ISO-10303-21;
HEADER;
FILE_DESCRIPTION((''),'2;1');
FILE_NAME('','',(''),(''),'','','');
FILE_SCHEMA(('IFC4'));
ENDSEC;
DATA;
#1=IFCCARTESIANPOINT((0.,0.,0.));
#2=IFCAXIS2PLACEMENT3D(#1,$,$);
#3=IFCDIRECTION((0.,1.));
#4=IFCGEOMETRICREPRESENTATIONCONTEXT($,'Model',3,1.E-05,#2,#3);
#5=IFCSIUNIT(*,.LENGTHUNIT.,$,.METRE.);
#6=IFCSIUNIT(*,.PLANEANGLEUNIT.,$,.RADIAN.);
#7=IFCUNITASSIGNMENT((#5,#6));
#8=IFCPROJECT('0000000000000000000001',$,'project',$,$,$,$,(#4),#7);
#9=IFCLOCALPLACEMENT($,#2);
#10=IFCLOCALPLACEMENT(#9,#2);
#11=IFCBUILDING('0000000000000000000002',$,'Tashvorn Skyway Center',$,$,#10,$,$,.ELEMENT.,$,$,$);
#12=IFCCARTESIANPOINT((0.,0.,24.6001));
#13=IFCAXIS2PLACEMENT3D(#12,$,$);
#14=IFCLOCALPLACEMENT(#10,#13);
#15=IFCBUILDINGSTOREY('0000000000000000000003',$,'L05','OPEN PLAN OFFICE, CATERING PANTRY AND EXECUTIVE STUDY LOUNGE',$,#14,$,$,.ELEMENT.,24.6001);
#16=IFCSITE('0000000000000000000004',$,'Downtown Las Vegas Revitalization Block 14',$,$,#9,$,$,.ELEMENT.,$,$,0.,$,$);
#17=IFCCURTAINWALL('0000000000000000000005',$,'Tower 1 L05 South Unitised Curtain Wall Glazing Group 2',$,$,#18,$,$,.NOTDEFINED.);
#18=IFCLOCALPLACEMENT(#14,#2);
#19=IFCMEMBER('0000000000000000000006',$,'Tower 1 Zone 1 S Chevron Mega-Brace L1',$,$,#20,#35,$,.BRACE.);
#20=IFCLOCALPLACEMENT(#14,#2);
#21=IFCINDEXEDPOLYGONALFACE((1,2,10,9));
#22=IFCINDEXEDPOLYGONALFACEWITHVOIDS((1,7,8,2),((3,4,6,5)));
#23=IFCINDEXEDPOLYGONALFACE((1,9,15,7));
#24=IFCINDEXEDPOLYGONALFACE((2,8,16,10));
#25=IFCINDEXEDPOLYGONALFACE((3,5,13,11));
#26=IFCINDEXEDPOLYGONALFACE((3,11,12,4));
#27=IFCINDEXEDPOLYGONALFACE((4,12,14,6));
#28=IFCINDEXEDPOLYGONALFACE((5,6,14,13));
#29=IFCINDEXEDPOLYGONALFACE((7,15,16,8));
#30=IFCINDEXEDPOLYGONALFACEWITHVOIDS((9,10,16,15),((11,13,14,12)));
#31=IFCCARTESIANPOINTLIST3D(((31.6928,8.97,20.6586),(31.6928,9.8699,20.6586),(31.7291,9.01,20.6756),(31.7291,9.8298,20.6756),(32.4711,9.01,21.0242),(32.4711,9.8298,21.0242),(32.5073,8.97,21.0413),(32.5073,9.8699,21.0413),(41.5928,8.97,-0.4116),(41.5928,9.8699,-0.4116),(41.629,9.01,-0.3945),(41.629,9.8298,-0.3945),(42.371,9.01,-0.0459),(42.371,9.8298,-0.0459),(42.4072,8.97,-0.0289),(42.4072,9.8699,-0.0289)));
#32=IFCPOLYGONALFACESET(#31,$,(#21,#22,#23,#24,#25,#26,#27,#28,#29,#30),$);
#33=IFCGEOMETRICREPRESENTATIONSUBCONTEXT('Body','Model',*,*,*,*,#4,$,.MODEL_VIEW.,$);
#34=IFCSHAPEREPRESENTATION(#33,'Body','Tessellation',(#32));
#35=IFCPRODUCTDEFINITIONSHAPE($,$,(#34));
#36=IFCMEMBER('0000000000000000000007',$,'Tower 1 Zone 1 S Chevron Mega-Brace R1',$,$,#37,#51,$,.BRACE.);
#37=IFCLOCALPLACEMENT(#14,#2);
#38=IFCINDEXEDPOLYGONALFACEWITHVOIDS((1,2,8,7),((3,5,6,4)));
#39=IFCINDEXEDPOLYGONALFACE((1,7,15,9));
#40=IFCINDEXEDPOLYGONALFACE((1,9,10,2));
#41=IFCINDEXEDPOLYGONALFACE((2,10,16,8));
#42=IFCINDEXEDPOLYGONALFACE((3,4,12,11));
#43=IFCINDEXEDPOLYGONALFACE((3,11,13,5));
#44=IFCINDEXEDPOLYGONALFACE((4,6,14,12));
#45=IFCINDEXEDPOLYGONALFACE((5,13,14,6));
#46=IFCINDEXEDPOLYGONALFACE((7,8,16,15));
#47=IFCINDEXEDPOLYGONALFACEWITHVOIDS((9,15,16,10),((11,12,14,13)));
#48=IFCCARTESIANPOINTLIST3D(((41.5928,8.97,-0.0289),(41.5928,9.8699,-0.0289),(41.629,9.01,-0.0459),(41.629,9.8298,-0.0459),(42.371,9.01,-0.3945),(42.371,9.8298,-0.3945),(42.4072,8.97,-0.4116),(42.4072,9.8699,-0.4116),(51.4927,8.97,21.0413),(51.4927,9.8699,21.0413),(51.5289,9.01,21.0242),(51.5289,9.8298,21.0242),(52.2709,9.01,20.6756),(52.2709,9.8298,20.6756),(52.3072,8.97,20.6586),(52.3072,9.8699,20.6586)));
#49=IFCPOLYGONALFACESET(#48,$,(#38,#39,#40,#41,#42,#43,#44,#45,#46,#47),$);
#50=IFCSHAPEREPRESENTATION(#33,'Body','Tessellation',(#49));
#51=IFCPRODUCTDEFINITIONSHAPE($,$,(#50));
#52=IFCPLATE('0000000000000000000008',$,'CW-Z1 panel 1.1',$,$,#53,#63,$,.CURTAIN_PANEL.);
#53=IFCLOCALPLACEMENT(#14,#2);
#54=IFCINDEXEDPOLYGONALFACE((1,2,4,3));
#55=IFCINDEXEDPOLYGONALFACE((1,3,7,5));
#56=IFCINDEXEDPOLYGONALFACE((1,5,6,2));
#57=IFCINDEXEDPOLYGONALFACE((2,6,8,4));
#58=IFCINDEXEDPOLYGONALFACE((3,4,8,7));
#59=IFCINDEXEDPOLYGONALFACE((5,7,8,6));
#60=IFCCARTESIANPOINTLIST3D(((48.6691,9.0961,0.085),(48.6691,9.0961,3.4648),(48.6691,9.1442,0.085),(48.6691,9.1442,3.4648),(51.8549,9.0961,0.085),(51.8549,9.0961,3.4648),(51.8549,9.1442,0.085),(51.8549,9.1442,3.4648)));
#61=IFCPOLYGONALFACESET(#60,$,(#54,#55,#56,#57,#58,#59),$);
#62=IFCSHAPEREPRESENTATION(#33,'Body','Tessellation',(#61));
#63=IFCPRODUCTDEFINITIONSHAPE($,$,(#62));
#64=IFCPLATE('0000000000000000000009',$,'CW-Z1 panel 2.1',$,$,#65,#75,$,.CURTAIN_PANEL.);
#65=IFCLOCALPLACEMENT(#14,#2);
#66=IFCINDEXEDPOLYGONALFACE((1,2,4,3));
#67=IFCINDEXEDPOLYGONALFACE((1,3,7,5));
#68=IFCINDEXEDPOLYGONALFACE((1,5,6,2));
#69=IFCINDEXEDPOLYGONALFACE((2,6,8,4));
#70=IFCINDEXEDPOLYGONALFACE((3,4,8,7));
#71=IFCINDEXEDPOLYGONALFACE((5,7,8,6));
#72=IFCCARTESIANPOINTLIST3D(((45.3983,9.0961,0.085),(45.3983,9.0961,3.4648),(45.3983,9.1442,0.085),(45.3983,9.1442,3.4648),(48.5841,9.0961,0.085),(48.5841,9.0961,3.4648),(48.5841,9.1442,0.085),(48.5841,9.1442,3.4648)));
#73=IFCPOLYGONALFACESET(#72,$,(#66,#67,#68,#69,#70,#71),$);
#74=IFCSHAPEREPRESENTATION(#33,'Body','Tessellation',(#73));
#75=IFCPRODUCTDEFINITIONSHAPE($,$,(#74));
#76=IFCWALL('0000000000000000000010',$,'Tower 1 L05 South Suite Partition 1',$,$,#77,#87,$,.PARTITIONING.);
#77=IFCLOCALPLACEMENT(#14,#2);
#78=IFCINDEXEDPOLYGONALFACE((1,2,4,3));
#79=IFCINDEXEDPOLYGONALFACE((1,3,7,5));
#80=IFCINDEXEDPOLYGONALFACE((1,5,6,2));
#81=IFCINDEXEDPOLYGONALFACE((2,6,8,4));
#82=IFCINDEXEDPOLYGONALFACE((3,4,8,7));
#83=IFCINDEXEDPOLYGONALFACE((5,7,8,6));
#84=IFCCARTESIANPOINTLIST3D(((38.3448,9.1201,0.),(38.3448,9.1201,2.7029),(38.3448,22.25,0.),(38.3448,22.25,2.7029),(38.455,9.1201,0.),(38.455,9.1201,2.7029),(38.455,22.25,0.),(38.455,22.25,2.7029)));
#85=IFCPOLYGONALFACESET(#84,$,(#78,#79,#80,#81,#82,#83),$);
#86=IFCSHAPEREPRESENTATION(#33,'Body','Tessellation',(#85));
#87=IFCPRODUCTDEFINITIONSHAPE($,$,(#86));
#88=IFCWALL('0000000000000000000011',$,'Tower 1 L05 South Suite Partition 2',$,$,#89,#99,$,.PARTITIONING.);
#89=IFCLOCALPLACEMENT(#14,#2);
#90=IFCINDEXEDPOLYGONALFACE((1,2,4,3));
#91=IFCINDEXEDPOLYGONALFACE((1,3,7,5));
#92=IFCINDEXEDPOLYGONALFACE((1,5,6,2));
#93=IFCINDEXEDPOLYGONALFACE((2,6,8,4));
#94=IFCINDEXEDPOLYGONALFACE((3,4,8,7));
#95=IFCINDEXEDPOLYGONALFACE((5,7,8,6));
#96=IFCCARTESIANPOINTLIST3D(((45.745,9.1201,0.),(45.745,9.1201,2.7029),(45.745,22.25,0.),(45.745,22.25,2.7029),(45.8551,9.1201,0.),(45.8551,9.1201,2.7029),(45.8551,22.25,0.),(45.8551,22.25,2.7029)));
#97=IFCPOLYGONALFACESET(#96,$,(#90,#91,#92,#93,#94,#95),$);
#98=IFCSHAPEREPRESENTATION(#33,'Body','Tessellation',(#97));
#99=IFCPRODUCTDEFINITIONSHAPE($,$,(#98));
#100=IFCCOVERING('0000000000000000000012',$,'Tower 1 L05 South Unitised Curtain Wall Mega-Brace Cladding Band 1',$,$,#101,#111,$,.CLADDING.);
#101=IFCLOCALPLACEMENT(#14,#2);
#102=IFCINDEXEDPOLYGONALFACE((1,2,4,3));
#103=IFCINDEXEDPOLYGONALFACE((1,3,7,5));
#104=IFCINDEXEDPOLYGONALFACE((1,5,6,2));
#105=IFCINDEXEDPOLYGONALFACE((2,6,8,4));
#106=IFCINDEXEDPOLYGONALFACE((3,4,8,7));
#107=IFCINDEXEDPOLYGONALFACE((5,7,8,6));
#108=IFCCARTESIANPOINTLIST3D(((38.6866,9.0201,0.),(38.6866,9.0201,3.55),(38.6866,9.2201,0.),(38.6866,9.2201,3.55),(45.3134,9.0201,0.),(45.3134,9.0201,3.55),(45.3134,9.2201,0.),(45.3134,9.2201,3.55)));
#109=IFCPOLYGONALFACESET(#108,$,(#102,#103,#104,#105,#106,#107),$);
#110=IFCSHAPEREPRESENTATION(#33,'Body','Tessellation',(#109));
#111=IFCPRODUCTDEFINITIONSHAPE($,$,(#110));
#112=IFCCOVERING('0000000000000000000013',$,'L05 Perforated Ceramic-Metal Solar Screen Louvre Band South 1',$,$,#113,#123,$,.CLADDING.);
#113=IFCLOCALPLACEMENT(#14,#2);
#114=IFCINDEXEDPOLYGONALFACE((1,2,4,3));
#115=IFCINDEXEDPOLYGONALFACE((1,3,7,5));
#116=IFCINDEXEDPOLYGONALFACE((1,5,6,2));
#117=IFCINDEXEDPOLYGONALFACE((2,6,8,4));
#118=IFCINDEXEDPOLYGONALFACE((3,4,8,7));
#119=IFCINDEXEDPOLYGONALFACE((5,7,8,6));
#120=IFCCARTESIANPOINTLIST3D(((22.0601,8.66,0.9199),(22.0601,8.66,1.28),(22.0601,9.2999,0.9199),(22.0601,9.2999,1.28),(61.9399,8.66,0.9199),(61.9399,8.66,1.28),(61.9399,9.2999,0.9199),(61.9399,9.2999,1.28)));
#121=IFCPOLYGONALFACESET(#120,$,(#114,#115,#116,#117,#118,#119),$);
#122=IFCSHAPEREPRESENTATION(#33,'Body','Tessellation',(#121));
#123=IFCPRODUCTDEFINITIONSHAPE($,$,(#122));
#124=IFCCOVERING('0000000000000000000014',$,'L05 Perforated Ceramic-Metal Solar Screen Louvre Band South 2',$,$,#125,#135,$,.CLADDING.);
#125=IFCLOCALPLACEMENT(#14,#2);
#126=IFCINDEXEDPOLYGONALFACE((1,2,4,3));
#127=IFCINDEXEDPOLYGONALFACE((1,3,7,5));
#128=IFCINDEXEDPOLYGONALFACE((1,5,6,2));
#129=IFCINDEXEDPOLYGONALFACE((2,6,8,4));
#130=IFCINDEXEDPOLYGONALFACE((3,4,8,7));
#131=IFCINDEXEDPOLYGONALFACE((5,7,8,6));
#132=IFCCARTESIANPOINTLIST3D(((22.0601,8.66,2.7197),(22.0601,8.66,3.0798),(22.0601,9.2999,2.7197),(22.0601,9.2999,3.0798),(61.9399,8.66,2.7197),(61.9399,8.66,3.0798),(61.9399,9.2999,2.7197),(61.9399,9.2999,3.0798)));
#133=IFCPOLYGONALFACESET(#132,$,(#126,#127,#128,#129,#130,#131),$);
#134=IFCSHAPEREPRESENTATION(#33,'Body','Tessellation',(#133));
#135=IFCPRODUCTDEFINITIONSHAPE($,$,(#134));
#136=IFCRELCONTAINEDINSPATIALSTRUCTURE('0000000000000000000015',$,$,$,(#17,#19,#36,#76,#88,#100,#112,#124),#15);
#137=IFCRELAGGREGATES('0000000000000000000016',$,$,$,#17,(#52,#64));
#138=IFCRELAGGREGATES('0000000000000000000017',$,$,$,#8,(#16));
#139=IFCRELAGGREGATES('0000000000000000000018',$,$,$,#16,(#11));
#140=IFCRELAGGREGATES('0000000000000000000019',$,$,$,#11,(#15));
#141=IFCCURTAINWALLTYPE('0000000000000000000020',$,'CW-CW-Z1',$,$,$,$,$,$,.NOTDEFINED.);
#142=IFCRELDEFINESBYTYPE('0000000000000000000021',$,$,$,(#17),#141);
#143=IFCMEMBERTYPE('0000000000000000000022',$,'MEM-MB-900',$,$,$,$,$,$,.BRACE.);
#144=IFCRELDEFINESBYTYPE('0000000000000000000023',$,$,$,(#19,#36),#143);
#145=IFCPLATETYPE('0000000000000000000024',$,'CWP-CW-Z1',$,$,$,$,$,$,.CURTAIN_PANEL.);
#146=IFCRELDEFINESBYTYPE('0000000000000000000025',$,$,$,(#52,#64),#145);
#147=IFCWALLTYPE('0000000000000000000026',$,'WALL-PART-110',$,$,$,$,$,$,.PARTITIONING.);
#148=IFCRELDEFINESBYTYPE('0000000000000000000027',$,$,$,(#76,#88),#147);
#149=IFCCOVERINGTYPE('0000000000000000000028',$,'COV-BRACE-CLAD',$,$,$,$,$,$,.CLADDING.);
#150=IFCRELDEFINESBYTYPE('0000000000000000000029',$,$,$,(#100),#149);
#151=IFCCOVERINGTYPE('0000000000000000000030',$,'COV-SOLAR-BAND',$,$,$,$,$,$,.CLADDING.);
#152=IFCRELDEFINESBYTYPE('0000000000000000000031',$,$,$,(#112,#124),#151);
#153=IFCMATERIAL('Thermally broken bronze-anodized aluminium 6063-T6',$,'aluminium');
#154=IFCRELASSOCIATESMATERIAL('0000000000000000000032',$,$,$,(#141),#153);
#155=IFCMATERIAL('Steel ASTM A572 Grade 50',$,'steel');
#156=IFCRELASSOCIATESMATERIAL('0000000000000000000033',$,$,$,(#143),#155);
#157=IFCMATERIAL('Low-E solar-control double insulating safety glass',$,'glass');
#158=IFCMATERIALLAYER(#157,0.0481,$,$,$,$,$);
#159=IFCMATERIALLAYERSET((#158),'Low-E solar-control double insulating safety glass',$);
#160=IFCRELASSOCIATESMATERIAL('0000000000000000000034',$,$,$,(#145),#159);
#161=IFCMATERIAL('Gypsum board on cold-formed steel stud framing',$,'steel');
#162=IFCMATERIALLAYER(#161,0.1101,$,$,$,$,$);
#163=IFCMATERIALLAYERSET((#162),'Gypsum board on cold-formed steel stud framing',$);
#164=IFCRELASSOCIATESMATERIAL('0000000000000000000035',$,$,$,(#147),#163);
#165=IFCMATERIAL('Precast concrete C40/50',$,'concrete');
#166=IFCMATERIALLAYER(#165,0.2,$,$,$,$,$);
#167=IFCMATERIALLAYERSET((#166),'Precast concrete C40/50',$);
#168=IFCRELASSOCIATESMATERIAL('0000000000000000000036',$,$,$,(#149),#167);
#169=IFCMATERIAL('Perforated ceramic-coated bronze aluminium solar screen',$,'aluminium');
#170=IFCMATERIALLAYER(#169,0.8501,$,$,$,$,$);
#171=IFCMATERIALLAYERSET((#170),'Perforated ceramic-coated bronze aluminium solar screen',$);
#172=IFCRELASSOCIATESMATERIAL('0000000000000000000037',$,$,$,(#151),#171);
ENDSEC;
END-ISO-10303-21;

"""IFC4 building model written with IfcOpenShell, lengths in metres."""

from ifc_helpers import new_model, si_unit, direction, frame, frame_2d, origin, origin_2d, place, context, subcontext, project, spatial, rectangle, hollow_rectangle, extrude, material, layer, layer_set, material_profile, profile_set, type_object, element, aggregate, save


model = new_model("IFC4")

# Units and contexts
model_context = context("Model", 3, precision=1e-05, world=origin(), true_north=direction((0.0, 1.0)))
body_context = subcontext(model_context, "Body", "Model", "MODEL_VIEW")
ifc_project = project(units=[si_unit("LENGTHUNIT", "METRE"), si_unit("PLANEANGLEUNIT", "RADIAN")], contexts=[model_context])

# Site, building, storey
site_placement = place(None, origin())
site = spatial("IfcSite", under=ifc_project, at=site_placement, Name="Downtown Las Vegas Revitalization Block 14", CompositionType="ELEMENT", RefElevation=0.0)
building_placement = place(site_placement, origin())
building = spatial("IfcBuilding", under=site, at=building_placement, Name="Tashvorn Skyway Center", CompositionType="ELEMENT")
storey_placement = place(building_placement, frame((0.0, 0.0, 24.6001)))
storey = spatial("IfcBuildingStorey", under=building, at=storey_placement, Name="L05", Description="OPEN PLAN OFFICE, CATERING PANTRY AND EXECUTIVE STUDY LOUNGE", CompositionType="ELEMENT", Elevation=24.6001)

# Shared definitions
ifc_material_1 = material(Name="Steel ASTM A572 Grade 50", Category="steel")

# Curtain wall
ifc_material_2 = material(Name="Thermally broken bronze-anodized aluminium 6063-T6", Category="aluminium")
curtain_wall_type = type_object("IfcCurtainWallType", Name="CW-CW-Z1", PredefinedType="NOTDEFINED", material=ifc_material_2)
curtain_wall_1_placement = place(storey_placement, origin())
curtain_wall_1 = element("IfcCurtainWall", 1, at=curtain_wall_1_placement, inside=storey, type_object=curtain_wall_type, Name="Tower 1 L05 South Unitised Curtain Wall Glazing Group 2", PredefinedType="NOTDEFINED")

# Members
ifc_material_profile_1 = material_profile(ifc_material_1, hollow_rectangle(XDim=0.8999, YDim=0.8999, WallThickness=0.04, at=origin_2d()), Name="BOX900x900x40")
ifc_profile_set_1 = profile_set([ifc_material_profile_1], Name="Steel ASTM A572 Grade 50")
member_type_1 = type_object("IfcMemberType", Name="MEM-MB-900", PredefinedType="BRACE", material=ifc_profile_set_1)
for number, where, z_axis, x_axis, name in (
    (2, (42.0, 9.4199, -0.2202), (-0.425255, 0.0, 0.905074), (0.0, -1.0, 0.0), "Tower 1 Zone 1 S Chevron Mega-Brace L1"),
    (3, (42.0, 9.4199, -0.2202), (0.425255, 0.0, 0.905074), (0.0, 1.0, 0.0), "Tower 1 Zone 1 S Chevron Mega-Brace R1"),
):
    element("IfcMember", number, at=place(storey_placement, frame(where, z_axis=z_axis, x_axis=x_axis)), inside=storey, type_object=member_type_1, Name=name, PredefinedType="BRACE", context=body_context, shape_type="SweptSolid", body=[
        extrude(hollow_rectangle(XDim=0.8999, YDim=0.8999, WallThickness=0.04, at=origin_2d()), origin(), (0.0, 0.0, 1.0), 23.28),
    ])

# Plates
ifc_material_3 = material(Name="Low-E solar-control double insulating safety glass", Category="glass")
ifc_layer_1 = layer(ifc_material_3, 0.0481)
ifc_layer_set_1 = layer_set([ifc_layer_1], Name="Low-E solar-control double insulating safety glass")
plate_type = type_object("IfcPlateType", Name="CWP-CW-Z1", PredefinedType="CURTAIN_PANEL", material=ifc_layer_set_1)
plate_1_placement = place(storey_placement, frame((50.262, 9.1201, 0.085), z_axis=(0.0, 0.0, 1.0), x_axis=(-1.0, 0.0, 0.0)))
plate_1 = element("IfcPlate", 4, at=plate_1_placement, type_object=plate_type, Name="CW-Z1 panel 1.1", PredefinedType="CURTAIN_PANEL", context=body_context, shape_type="SweptSolid", body=[
    extrude(rectangle(XDim=3.1858, YDim=0.0481, at=origin_2d()), origin(), (0.0, 0.0, 1.0), 3.3799),
])
plate_2_placement = place(storey_placement, frame((46.9912, 9.1201, 0.085), z_axis=(0.0, 0.0, 1.0), x_axis=(-1.0, 0.0, 0.0)))
plate_2 = element("IfcPlate", 5, at=plate_2_placement, type_object=plate_type, Name="CW-Z1 panel 2.1", PredefinedType="CURTAIN_PANEL", context=body_context, shape_type="SweptSolid", body=[
    extrude(rectangle(XDim=3.1858, YDim=0.0481, at=origin_2d()), origin(), (0.0, 0.0, 1.0), 3.3799),
])
aggregate(curtain_wall_1, [plate_1, plate_2])

# Walls
ifc_material_4 = material(Name="Gypsum board on cold-formed steel stud framing", Category="steel")
ifc_layer_2 = layer(ifc_material_4, 0.1101)
ifc_layer_set_2 = layer_set([ifc_layer_2], Name="Gypsum board on cold-formed steel stud framing")
wall_type = type_object("IfcWallType", Name="WALL-PART-110", PredefinedType="PARTITIONING", material=ifc_layer_set_2)
for number, where, z_axis, x_axis, name in (
    (6, (38.3999, 9.1201, 0.0), (0.0, 0.0, 1.0), (0.0, 1.0, 0.0), "Tower 1 L05 South Suite Partition 1"),
    (7, (45.8, 9.1201, 0.0), (0.0, 0.0, 1.0), (0.0, 1.0, 0.0), "Tower 1 L05 South Suite Partition 2"),
):
    element("IfcWall", number, at=place(storey_placement, frame(where, z_axis=z_axis, x_axis=x_axis)), inside=storey, type_object=wall_type, Name=name, PredefinedType="PARTITIONING", context=body_context, shape_type="SweptSolid", body=[
        extrude(rectangle(XDim=13.1299, YDim=0.1101, at=frame_2d((6.5649, 0.0))), origin(), (0.0, 0.0, 1.0), 2.7029),
    ])

# Coverings
ifc_material_5 = material(Name="Precast concrete C40/50", Category="concrete")
ifc_layer_3 = layer(ifc_material_5, 0.2)
ifc_layer_set_3 = layer_set([ifc_layer_3], Name="Precast concrete C40/50")
covering_type_1 = type_object("IfcCoveringType", Name="COV-BRACE-CLAD", PredefinedType="CLADDING", material=ifc_layer_set_3)
covering_placement = place(storey_placement, frame((42.0, 9.1201, 0.0), z_axis=(0.0, 0.0, 1.0), x_axis=(-1.0, 0.0, 0.0)))
element("IfcCovering", 8, at=covering_placement, inside=storey, type_object=covering_type_1, Name="Tower 1 L05 South Unitised Curtain Wall Mega-Brace Cladding Band 1", PredefinedType="CLADDING", context=body_context, shape_type="SweptSolid", body=[
    extrude(rectangle(XDim=6.6267, YDim=0.2, at=origin_2d()), origin(), (0.0, 0.0, 1.0), 3.55),
])
ifc_material_6 = material(Name="Perforated ceramic-coated bronze aluminium solar screen", Category="aluminium")
ifc_layer_4 = layer(ifc_material_6, 0.8501)
ifc_layer_set_4 = layer_set([ifc_layer_4], Name="Perforated ceramic-coated bronze aluminium solar screen")
covering_type_2 = type_object("IfcCoveringType", Name="COV-SOLAR-BAND", PredefinedType="CLADDING", material=ifc_layer_set_4)
for number, where, z_axis, x_axis, name in (
    (9, (42.0, 8.98, 0.9199), (0.0, 0.0, 1.0), (-1.0, 0.0, 0.0), "L05 Perforated Ceramic-Metal Solar Screen Louvre Band South 1"),
    (10, (42.0, 8.98, 2.7197), (0.0, 0.0, 1.0), (-1.0, 0.0, 0.0), "L05 Perforated Ceramic-Metal Solar Screen Louvre Band South 2"),
):
    element("IfcCovering", number, at=place(storey_placement, frame(where, z_axis=z_axis, x_axis=x_axis)), inside=storey, type_object=covering_type_2, Name=name, PredefinedType="CLADDING", context=body_context, shape_type="SweptSolid", body=[
        extrude(rectangle(XDim=39.8799, YDim=0.6399, at=origin_2d()), origin(), (0.0, 0.0, 1.0), 0.3601),
    ])

save(model, "model.ifc")
